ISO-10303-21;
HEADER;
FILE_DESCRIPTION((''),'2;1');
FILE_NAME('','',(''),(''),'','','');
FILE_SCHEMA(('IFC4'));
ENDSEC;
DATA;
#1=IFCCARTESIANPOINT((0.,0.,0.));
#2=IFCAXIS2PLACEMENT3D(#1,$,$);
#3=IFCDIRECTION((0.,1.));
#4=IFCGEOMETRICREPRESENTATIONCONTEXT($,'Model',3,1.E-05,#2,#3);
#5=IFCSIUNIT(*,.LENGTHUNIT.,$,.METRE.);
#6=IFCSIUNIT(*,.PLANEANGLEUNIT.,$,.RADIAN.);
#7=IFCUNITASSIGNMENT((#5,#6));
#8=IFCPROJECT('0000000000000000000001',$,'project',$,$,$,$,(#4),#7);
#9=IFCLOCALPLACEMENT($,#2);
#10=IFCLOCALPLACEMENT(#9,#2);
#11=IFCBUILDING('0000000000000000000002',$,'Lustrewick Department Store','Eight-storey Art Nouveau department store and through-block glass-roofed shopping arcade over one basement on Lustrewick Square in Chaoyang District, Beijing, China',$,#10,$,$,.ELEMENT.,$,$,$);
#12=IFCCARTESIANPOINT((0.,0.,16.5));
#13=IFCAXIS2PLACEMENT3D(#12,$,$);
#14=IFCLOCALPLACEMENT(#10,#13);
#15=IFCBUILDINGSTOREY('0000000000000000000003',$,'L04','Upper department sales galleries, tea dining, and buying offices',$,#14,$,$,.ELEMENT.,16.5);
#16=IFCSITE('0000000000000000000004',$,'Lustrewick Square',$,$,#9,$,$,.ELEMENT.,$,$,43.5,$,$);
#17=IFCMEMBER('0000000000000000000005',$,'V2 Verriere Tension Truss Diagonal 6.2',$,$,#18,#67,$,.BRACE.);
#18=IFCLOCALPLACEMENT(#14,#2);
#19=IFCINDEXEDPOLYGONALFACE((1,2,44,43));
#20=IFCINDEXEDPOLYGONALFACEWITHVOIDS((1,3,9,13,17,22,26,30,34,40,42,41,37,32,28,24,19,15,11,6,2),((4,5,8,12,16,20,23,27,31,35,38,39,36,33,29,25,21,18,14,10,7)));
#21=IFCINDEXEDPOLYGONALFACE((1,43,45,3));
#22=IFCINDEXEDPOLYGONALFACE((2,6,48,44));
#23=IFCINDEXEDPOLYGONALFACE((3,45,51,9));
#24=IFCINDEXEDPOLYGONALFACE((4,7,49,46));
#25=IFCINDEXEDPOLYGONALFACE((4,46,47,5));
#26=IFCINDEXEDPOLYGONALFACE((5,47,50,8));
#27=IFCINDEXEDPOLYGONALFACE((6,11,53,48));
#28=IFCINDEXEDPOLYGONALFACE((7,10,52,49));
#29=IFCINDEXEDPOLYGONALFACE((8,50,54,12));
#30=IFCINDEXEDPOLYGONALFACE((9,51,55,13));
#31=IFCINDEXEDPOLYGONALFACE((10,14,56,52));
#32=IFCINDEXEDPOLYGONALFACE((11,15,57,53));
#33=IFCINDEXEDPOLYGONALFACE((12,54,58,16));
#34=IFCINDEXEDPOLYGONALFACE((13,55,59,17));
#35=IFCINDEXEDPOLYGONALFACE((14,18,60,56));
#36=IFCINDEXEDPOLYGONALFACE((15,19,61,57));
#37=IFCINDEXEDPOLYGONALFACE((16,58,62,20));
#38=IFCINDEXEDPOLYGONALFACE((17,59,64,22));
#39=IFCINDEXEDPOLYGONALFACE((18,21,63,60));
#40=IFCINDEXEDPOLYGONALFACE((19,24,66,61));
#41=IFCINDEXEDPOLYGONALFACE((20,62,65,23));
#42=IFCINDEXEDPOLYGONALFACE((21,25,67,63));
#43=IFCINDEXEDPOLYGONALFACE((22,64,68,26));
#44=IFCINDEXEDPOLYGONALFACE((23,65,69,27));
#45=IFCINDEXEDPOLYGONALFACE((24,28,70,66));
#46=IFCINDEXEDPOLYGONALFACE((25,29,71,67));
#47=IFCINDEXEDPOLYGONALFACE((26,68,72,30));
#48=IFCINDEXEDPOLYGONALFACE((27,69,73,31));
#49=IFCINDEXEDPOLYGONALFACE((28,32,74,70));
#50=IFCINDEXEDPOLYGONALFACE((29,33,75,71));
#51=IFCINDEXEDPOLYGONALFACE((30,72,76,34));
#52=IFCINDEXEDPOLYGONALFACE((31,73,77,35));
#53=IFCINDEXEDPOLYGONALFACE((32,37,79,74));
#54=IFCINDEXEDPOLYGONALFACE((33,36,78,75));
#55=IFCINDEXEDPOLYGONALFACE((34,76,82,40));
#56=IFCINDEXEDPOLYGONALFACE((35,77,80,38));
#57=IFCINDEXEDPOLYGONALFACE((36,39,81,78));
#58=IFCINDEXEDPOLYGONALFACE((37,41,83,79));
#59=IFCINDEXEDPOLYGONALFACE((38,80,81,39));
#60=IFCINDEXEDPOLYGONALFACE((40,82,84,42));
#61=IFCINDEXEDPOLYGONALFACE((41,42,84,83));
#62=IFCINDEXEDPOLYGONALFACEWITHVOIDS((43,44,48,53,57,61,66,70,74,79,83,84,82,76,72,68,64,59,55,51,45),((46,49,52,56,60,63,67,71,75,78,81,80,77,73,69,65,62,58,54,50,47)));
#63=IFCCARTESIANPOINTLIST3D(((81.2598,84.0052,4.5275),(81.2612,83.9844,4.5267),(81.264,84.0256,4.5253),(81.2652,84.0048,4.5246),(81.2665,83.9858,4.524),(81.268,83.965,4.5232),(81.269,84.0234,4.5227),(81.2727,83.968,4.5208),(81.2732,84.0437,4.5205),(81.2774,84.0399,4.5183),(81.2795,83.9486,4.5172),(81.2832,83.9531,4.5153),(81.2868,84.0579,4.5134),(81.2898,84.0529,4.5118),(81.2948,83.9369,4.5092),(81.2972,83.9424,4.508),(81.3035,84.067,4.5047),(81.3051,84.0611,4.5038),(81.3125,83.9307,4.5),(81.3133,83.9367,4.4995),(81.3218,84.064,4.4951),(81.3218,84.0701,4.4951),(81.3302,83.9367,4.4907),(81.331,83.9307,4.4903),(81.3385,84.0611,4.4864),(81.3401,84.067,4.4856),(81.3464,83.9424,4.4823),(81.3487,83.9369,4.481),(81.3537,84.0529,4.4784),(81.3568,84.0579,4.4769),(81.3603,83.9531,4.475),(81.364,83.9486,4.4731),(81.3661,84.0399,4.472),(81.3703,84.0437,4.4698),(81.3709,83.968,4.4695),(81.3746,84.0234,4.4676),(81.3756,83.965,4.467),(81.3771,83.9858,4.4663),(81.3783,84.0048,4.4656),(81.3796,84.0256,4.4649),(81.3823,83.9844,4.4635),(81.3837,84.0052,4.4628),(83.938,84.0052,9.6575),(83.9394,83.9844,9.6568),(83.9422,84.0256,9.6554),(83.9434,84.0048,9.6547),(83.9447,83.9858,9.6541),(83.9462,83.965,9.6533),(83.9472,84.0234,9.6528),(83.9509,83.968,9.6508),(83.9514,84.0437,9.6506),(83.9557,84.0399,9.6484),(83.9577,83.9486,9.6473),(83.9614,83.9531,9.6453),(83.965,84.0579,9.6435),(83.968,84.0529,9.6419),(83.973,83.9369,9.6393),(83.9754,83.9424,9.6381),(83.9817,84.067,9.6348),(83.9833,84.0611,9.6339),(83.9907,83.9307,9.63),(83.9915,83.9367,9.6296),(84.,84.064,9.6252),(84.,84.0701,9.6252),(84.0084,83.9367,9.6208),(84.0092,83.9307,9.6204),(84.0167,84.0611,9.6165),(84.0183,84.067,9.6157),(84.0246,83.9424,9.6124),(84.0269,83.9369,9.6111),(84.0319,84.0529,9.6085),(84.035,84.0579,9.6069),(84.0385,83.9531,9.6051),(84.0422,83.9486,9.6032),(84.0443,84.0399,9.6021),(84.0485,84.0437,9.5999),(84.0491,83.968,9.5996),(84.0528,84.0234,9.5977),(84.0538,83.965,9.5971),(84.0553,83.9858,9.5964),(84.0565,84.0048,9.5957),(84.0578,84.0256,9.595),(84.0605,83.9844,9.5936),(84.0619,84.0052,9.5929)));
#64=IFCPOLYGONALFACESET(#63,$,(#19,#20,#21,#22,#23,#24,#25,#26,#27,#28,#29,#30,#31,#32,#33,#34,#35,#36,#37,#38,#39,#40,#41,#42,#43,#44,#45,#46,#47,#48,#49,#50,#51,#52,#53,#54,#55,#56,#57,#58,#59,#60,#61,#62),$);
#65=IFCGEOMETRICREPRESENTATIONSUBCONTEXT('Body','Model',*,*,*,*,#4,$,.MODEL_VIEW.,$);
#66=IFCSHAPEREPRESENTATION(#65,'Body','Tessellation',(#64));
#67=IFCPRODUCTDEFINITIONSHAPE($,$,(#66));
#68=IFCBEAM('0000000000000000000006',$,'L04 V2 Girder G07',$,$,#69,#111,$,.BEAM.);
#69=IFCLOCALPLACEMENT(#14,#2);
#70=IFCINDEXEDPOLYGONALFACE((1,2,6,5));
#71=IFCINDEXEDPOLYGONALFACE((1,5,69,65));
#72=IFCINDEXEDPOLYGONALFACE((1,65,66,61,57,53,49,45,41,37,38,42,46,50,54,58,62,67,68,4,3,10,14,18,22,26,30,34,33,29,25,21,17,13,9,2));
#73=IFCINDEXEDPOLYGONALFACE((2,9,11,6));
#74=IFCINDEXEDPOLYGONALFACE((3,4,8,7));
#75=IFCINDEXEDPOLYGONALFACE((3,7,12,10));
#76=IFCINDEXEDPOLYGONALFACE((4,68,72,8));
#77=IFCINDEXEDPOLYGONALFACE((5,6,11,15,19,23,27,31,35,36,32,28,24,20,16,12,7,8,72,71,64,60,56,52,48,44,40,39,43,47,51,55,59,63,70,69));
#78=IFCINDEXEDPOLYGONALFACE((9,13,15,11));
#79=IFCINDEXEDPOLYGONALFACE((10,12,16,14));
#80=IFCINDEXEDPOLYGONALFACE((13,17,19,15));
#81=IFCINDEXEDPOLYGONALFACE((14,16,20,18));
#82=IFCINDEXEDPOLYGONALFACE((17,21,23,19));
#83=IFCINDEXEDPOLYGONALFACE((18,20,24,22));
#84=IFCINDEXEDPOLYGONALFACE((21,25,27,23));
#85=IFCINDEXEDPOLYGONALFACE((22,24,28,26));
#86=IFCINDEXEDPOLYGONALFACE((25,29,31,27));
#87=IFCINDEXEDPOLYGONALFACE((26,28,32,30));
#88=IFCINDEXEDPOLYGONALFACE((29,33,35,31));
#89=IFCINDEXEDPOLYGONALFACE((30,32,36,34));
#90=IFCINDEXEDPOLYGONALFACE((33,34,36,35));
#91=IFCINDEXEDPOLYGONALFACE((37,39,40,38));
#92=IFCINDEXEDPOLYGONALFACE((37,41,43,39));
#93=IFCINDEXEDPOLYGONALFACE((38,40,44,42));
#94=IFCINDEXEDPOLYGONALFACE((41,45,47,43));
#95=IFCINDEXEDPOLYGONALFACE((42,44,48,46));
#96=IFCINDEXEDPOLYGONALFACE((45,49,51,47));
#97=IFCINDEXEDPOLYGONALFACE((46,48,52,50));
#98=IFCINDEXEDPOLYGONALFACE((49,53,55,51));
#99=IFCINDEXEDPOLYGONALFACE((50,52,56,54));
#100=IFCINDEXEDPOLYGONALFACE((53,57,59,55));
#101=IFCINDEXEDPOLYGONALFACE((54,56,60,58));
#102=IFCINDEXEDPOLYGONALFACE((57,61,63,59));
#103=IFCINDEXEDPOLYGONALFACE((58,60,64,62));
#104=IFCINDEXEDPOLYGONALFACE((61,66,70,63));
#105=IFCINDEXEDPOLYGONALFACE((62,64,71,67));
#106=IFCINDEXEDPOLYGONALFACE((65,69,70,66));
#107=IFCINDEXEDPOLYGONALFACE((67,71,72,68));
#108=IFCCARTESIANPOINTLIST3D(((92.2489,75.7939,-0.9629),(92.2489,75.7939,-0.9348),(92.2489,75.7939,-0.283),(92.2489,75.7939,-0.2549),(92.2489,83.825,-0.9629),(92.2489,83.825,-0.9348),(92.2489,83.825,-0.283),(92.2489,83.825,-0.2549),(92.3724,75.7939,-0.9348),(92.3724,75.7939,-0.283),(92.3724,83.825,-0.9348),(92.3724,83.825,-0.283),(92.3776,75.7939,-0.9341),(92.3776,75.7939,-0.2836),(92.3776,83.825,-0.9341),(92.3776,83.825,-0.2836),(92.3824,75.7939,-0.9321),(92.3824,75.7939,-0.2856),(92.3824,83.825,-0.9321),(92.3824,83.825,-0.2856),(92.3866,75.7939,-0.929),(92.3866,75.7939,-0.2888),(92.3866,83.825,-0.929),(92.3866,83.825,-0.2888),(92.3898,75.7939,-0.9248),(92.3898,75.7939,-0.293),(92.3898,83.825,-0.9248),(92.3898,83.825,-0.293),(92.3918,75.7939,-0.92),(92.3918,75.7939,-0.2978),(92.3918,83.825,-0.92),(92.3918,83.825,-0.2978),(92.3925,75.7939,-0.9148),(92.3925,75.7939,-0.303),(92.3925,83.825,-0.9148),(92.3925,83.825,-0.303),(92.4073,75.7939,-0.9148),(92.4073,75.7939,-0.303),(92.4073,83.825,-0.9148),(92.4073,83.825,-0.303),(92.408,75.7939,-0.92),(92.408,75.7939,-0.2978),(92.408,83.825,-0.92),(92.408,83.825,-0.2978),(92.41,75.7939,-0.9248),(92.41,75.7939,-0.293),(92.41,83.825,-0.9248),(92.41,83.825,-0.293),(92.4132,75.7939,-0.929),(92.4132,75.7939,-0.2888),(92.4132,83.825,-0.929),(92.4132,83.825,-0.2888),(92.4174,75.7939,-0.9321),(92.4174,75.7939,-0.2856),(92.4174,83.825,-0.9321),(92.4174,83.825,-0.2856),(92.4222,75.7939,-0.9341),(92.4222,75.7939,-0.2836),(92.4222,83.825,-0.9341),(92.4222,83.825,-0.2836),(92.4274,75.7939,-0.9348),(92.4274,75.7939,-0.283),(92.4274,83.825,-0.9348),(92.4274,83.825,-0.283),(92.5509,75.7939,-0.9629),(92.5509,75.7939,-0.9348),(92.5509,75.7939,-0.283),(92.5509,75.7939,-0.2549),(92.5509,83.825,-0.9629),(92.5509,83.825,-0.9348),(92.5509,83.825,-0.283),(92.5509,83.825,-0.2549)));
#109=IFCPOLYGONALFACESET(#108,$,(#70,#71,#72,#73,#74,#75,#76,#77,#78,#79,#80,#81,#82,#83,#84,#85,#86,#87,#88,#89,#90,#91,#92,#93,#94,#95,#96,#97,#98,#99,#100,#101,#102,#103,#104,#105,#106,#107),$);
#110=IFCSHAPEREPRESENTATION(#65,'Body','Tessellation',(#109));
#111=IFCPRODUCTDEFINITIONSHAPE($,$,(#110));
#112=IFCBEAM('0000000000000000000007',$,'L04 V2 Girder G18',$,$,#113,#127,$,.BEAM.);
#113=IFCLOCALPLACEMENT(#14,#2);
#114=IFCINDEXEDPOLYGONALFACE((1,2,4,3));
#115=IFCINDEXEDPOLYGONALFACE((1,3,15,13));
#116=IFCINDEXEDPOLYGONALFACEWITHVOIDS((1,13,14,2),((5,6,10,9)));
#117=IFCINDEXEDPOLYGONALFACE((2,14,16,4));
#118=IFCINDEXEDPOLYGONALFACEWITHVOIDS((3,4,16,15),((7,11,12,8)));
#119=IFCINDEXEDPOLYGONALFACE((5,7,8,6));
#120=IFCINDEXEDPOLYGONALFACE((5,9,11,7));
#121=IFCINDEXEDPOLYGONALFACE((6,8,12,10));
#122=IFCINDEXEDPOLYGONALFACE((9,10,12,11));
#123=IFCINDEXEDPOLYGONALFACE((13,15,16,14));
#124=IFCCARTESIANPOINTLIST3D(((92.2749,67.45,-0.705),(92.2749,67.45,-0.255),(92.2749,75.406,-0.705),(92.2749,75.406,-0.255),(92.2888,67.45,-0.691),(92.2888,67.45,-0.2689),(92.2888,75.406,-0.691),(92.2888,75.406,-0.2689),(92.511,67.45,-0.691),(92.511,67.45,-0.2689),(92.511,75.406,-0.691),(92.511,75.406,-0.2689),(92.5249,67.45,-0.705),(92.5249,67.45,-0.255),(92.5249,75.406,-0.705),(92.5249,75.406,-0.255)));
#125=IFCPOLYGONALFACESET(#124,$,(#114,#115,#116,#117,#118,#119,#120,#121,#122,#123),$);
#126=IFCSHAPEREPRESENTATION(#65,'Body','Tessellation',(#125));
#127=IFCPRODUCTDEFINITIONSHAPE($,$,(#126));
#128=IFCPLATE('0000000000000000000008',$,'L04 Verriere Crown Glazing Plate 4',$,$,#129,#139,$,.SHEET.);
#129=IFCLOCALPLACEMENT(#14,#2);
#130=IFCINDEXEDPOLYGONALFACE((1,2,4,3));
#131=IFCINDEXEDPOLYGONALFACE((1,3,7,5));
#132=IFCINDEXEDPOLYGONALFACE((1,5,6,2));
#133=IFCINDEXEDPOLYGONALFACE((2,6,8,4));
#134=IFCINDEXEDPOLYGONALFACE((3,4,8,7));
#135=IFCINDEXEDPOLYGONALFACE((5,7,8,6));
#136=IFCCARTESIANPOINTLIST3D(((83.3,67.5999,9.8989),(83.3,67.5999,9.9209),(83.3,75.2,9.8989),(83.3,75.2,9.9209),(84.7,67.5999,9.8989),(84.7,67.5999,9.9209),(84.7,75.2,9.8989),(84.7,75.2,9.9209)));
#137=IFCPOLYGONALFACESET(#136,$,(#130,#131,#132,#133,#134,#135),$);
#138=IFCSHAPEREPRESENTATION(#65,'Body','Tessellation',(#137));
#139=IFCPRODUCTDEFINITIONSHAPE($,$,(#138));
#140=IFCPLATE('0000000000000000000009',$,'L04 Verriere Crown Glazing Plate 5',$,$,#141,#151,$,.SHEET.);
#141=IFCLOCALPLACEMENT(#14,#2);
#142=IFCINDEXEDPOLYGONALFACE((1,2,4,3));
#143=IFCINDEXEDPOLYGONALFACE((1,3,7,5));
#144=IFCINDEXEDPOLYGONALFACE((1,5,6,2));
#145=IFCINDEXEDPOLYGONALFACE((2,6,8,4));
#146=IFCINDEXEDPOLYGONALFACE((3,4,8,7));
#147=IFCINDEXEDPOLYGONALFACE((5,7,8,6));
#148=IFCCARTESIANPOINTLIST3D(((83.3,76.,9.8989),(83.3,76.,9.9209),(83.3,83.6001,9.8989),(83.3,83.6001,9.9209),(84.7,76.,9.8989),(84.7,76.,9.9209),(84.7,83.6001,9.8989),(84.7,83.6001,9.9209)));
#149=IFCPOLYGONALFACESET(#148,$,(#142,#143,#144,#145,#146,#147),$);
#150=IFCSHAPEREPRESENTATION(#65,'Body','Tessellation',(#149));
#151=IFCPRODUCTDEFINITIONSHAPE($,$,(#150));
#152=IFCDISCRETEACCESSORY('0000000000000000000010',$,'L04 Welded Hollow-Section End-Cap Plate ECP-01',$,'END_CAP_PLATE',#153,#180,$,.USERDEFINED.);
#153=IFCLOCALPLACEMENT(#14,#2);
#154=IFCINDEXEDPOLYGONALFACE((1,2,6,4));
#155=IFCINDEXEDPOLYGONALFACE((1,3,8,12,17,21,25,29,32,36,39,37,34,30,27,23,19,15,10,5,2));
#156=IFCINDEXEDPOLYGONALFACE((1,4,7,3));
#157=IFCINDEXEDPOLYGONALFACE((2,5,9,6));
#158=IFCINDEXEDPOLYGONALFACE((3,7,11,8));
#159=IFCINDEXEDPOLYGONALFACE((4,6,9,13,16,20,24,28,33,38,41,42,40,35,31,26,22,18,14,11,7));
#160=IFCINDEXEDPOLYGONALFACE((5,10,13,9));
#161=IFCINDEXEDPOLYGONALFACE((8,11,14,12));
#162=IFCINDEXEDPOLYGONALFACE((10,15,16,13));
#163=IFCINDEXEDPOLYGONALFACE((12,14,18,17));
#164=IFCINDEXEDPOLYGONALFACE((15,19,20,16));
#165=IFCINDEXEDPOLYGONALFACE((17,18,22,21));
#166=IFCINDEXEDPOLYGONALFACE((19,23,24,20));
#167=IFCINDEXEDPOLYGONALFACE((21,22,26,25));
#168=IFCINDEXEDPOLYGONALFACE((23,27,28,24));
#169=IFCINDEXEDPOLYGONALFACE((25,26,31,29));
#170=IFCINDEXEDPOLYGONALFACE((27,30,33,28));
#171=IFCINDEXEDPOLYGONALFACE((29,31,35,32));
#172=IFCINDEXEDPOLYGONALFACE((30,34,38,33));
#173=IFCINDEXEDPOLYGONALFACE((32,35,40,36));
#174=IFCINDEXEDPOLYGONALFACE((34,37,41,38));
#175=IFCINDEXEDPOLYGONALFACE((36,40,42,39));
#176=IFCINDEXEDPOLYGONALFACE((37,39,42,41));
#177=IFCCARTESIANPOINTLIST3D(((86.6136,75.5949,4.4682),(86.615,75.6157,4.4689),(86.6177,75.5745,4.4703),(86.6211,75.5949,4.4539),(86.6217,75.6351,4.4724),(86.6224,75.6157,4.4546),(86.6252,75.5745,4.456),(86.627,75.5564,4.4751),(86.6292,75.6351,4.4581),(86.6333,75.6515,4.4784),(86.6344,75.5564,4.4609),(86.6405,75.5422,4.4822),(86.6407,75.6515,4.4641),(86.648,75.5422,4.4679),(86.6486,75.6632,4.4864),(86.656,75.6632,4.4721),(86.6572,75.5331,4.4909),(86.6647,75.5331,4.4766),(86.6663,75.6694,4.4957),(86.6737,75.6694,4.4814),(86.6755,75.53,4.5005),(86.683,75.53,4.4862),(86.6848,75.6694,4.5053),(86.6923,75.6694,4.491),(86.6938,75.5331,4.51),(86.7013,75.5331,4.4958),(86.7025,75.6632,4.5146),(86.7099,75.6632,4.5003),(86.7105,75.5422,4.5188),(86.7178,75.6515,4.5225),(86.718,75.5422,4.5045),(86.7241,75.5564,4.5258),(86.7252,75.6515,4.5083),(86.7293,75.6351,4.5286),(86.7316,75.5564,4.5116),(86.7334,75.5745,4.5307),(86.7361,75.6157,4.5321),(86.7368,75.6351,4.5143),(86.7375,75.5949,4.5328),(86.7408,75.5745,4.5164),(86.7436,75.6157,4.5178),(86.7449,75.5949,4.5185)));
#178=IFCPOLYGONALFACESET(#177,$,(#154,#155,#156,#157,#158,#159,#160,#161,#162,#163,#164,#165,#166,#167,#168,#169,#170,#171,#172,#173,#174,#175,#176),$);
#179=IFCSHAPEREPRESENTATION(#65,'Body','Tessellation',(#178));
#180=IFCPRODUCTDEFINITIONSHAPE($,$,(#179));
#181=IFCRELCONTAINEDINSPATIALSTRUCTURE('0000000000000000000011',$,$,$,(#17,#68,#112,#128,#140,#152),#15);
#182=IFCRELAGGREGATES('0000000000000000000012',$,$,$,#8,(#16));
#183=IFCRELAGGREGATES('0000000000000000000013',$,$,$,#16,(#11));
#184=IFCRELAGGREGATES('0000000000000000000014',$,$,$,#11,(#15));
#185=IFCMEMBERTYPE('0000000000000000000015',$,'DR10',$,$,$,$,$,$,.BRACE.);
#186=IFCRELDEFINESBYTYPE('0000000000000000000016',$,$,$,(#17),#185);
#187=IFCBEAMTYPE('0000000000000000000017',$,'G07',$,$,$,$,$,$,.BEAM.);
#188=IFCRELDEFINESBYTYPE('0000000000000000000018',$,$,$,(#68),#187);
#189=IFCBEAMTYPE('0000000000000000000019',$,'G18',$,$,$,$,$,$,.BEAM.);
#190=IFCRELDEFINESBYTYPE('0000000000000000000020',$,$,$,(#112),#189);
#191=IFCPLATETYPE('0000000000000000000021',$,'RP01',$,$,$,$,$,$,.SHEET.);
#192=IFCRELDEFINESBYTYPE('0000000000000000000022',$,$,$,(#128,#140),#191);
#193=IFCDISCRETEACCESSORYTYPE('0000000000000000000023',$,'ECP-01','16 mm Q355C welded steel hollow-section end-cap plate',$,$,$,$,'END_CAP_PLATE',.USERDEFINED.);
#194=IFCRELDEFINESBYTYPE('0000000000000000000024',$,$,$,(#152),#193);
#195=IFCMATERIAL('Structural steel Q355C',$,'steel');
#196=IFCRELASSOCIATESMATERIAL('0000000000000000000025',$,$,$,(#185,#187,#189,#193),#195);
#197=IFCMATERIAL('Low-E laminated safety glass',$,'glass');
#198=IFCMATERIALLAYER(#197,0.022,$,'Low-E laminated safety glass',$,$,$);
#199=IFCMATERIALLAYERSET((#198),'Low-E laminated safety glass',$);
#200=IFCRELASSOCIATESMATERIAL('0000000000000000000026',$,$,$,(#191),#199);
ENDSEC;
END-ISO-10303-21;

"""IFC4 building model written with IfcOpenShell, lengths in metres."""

from ifc_helpers import new_model, si_unit, direction, frame, origin, origin_2d, place, context, subcontext, project, spatial, rectangle, hollow_rectangle, circle, hollow_circle, i_section, extrude, material, layer, layer_set, material_profile, profile_set, type_object, element, save


model = new_model("IFC4")

# Units and contexts
model_context = context("Model", 3, precision=1e-05, world=origin(), true_north=direction((0.0, 1.0)))
body_context = subcontext(model_context, "Body", "Model", "MODEL_VIEW")
ifc_project = project(units=[si_unit("LENGTHUNIT", "METRE"), si_unit("PLANEANGLEUNIT", "RADIAN")], contexts=[model_context])

# Site, building, storey
site_placement = place(None, origin())
site = spatial("IfcSite", under=ifc_project, at=site_placement, Name="Lustrewick Square", CompositionType="ELEMENT", RefElevation=43.5)
building_placement = place(site_placement, origin())
building = spatial("IfcBuilding", under=site, at=building_placement, Name="Lustrewick Department Store", Description="Eight-storey Art Nouveau department store and through-block glass-roofed shopping arcade over one basement on Lustrewick Square in Chaoyang District, Beijing, China", CompositionType="ELEMENT")
storey_placement = place(building_placement, frame((0.0, 0.0, 16.5)))
storey = spatial("IfcBuildingStorey", under=building, at=storey_placement, Name="L04", Description="Upper department sales galleries, tea dining, and buying offices", CompositionType="ELEMENT", Elevation=16.5)

# Member
ifc_material_1 = material(Name="Structural steel Q355C", Category="steel")
ifc_material_profile_1 = material_profile(ifc_material_1, hollow_circle(Radius=0.0701, WallThickness=0.0061, at=origin_2d()), Name="CHS 140x6")
ifc_profile_set_1 = profile_set([ifc_material_profile_1], Name="Structural steel Q355C")
member_type_1 = type_object("IfcMemberType", Name="DR10", PredefinedType="BRACE", material=ifc_profile_set_1)
for number, where, z_axis, x_axis, name in (
    (1, (81.3218, 84.0, 4.4951), (0.462788, 0.0, 0.886469), (0.0, 1.0, 0.0), "V2 Verriere Tension Truss Diagonal 6.2"),
):
    element("IfcMember", number, at=place(storey_placement, frame(where, z_axis=z_axis, x_axis=x_axis)), inside=storey, type_object=member_type_1, Name=name, PredefinedType="BRACE", context=body_context, shape_type="SweptSolid", body=[
        extrude(hollow_circle(Radius=0.0701, WallThickness=0.0061, at=origin_2d()), origin(), (0.0, 0.0, 1.0), 5.7871),
    ])

# Beams
ifc_material_profile_2 = material_profile(ifc_material_1, i_section(OverallWidth=0.302, OverallDepth=0.708, WebThickness=0.0149, FlangeThickness=0.0281, FilletRadius=0.02, at=origin_2d()), Name="HN 708x302x15x28")
ifc_profile_set_2 = profile_set([ifc_material_profile_2], Name="Structural steel Q355C")
beam_type_1 = type_object("IfcBeamType", Name="G07", PredefinedType="BEAM", material=ifc_profile_set_2)
beam_1_placement = place(storey_placement, frame((92.3999, 75.7939, -0.6089), z_axis=(0.0, 1.0, 0.0), x_axis=(-1.0, 0.0, 0.0)))
element("IfcBeam", 2, at=beam_1_placement, inside=storey, type_object=beam_type_1, Name="L04 V2 Girder G07", PredefinedType="BEAM", context=body_context, shape_type="SweptSolid", body=[
    extrude(i_section(OverallWidth=0.302, OverallDepth=0.708, WebThickness=0.0149, FlangeThickness=0.0281, FilletRadius=0.02, at=origin_2d()), origin(), (0.0, 0.0, 1.0), 8.031),
])
ifc_material_profile_3 = material_profile(ifc_material_1, hollow_rectangle(XDim=0.25, YDim=0.45, WallThickness=0.0139, at=origin_2d()), Name="RHS 450x250x14")
ifc_profile_set_3 = profile_set([ifc_material_profile_3], Name="Structural steel Q355C")
beam_type_2 = type_object("IfcBeamType", Name="G18", PredefinedType="BEAM", material=ifc_profile_set_3)
beam_2_placement = place(storey_placement, frame((92.3999, 67.45, -0.48), z_axis=(0.0, 1.0, 0.0), x_axis=(-1.0, 0.0, 0.0)))
element("IfcBeam", 3, at=beam_2_placement, inside=storey, type_object=beam_type_2, Name="L04 V2 Girder G18", PredefinedType="BEAM", context=body_context, shape_type="SweptSolid", body=[
    extrude(hollow_rectangle(XDim=0.25, YDim=0.45, WallThickness=0.0139, at=origin_2d()), origin(), (0.0, 0.0, 1.0), 7.9561),
])

# Plates
ifc_material_2 = material(Name="Low-E laminated safety glass", Category="glass")
ifc_layer = layer(ifc_material_2, 0.022, Name="Low-E laminated safety glass")
ifc_layer_set = layer_set([ifc_layer], Name="Low-E laminated safety glass")
plate_type = type_object("IfcPlateType", Name="RP01", PredefinedType="SHEET", material=ifc_layer_set)
for number, where, z_axis, x_axis, name in (
    (4, (84.0, 71.3999, 9.8989), (0.0, 0.0, 1.0), (1.0, 0.0, 0.0), "L04 Verriere Crown Glazing Plate 4"),
    (5, (84.0, 79.8, 9.8989), (0.0, 0.0, 1.0), (1.0, 0.0, 0.0), "L04 Verriere Crown Glazing Plate 5"),
):
    element("IfcPlate", number, at=place(storey_placement, frame(where, z_axis=z_axis, x_axis=x_axis)), inside=storey, type_object=plate_type, Name=name, PredefinedType="SHEET", context=body_context, shape_type="SweptSolid", body=[
        extrude(rectangle(XDim=1.3999, YDim=7.6001, at=origin_2d()), origin(), (0.0, 0.0, 1.0), 0.022),
    ])

# Discrete accessory
discrete_accessory_type = type_object("IfcDiscreteAccessoryType", Name="ECP-01", Description="16 mm Q355C welded steel hollow-section end-cap plate", ElementType="END_CAP_PLATE", PredefinedType="USERDEFINED", material=ifc_material_1)
for number, where, z_axis, x_axis, name in (
    (6, (86.6755, 75.6001, 4.5005), (0.462788, 0.0, -0.886469), (0.0, -1.0, 0.0), "L04 Welded Hollow-Section End-Cap Plate ECP-01"),
):
    element("IfcDiscreteAccessory", number, at=place(storey_placement, frame(where, z_axis=z_axis, x_axis=x_axis)), inside=storey, type_object=discrete_accessory_type, Name=name, ObjectType="END_CAP_PLATE", PredefinedType="USERDEFINED", context=body_context, shape_type="SweptSolid", body=[
        extrude(circle(Radius=0.0701, at=origin_2d()), origin(), (0.0, 0.0, 1.0), 0.0161),
    ])

save(model, "model.ifc")
